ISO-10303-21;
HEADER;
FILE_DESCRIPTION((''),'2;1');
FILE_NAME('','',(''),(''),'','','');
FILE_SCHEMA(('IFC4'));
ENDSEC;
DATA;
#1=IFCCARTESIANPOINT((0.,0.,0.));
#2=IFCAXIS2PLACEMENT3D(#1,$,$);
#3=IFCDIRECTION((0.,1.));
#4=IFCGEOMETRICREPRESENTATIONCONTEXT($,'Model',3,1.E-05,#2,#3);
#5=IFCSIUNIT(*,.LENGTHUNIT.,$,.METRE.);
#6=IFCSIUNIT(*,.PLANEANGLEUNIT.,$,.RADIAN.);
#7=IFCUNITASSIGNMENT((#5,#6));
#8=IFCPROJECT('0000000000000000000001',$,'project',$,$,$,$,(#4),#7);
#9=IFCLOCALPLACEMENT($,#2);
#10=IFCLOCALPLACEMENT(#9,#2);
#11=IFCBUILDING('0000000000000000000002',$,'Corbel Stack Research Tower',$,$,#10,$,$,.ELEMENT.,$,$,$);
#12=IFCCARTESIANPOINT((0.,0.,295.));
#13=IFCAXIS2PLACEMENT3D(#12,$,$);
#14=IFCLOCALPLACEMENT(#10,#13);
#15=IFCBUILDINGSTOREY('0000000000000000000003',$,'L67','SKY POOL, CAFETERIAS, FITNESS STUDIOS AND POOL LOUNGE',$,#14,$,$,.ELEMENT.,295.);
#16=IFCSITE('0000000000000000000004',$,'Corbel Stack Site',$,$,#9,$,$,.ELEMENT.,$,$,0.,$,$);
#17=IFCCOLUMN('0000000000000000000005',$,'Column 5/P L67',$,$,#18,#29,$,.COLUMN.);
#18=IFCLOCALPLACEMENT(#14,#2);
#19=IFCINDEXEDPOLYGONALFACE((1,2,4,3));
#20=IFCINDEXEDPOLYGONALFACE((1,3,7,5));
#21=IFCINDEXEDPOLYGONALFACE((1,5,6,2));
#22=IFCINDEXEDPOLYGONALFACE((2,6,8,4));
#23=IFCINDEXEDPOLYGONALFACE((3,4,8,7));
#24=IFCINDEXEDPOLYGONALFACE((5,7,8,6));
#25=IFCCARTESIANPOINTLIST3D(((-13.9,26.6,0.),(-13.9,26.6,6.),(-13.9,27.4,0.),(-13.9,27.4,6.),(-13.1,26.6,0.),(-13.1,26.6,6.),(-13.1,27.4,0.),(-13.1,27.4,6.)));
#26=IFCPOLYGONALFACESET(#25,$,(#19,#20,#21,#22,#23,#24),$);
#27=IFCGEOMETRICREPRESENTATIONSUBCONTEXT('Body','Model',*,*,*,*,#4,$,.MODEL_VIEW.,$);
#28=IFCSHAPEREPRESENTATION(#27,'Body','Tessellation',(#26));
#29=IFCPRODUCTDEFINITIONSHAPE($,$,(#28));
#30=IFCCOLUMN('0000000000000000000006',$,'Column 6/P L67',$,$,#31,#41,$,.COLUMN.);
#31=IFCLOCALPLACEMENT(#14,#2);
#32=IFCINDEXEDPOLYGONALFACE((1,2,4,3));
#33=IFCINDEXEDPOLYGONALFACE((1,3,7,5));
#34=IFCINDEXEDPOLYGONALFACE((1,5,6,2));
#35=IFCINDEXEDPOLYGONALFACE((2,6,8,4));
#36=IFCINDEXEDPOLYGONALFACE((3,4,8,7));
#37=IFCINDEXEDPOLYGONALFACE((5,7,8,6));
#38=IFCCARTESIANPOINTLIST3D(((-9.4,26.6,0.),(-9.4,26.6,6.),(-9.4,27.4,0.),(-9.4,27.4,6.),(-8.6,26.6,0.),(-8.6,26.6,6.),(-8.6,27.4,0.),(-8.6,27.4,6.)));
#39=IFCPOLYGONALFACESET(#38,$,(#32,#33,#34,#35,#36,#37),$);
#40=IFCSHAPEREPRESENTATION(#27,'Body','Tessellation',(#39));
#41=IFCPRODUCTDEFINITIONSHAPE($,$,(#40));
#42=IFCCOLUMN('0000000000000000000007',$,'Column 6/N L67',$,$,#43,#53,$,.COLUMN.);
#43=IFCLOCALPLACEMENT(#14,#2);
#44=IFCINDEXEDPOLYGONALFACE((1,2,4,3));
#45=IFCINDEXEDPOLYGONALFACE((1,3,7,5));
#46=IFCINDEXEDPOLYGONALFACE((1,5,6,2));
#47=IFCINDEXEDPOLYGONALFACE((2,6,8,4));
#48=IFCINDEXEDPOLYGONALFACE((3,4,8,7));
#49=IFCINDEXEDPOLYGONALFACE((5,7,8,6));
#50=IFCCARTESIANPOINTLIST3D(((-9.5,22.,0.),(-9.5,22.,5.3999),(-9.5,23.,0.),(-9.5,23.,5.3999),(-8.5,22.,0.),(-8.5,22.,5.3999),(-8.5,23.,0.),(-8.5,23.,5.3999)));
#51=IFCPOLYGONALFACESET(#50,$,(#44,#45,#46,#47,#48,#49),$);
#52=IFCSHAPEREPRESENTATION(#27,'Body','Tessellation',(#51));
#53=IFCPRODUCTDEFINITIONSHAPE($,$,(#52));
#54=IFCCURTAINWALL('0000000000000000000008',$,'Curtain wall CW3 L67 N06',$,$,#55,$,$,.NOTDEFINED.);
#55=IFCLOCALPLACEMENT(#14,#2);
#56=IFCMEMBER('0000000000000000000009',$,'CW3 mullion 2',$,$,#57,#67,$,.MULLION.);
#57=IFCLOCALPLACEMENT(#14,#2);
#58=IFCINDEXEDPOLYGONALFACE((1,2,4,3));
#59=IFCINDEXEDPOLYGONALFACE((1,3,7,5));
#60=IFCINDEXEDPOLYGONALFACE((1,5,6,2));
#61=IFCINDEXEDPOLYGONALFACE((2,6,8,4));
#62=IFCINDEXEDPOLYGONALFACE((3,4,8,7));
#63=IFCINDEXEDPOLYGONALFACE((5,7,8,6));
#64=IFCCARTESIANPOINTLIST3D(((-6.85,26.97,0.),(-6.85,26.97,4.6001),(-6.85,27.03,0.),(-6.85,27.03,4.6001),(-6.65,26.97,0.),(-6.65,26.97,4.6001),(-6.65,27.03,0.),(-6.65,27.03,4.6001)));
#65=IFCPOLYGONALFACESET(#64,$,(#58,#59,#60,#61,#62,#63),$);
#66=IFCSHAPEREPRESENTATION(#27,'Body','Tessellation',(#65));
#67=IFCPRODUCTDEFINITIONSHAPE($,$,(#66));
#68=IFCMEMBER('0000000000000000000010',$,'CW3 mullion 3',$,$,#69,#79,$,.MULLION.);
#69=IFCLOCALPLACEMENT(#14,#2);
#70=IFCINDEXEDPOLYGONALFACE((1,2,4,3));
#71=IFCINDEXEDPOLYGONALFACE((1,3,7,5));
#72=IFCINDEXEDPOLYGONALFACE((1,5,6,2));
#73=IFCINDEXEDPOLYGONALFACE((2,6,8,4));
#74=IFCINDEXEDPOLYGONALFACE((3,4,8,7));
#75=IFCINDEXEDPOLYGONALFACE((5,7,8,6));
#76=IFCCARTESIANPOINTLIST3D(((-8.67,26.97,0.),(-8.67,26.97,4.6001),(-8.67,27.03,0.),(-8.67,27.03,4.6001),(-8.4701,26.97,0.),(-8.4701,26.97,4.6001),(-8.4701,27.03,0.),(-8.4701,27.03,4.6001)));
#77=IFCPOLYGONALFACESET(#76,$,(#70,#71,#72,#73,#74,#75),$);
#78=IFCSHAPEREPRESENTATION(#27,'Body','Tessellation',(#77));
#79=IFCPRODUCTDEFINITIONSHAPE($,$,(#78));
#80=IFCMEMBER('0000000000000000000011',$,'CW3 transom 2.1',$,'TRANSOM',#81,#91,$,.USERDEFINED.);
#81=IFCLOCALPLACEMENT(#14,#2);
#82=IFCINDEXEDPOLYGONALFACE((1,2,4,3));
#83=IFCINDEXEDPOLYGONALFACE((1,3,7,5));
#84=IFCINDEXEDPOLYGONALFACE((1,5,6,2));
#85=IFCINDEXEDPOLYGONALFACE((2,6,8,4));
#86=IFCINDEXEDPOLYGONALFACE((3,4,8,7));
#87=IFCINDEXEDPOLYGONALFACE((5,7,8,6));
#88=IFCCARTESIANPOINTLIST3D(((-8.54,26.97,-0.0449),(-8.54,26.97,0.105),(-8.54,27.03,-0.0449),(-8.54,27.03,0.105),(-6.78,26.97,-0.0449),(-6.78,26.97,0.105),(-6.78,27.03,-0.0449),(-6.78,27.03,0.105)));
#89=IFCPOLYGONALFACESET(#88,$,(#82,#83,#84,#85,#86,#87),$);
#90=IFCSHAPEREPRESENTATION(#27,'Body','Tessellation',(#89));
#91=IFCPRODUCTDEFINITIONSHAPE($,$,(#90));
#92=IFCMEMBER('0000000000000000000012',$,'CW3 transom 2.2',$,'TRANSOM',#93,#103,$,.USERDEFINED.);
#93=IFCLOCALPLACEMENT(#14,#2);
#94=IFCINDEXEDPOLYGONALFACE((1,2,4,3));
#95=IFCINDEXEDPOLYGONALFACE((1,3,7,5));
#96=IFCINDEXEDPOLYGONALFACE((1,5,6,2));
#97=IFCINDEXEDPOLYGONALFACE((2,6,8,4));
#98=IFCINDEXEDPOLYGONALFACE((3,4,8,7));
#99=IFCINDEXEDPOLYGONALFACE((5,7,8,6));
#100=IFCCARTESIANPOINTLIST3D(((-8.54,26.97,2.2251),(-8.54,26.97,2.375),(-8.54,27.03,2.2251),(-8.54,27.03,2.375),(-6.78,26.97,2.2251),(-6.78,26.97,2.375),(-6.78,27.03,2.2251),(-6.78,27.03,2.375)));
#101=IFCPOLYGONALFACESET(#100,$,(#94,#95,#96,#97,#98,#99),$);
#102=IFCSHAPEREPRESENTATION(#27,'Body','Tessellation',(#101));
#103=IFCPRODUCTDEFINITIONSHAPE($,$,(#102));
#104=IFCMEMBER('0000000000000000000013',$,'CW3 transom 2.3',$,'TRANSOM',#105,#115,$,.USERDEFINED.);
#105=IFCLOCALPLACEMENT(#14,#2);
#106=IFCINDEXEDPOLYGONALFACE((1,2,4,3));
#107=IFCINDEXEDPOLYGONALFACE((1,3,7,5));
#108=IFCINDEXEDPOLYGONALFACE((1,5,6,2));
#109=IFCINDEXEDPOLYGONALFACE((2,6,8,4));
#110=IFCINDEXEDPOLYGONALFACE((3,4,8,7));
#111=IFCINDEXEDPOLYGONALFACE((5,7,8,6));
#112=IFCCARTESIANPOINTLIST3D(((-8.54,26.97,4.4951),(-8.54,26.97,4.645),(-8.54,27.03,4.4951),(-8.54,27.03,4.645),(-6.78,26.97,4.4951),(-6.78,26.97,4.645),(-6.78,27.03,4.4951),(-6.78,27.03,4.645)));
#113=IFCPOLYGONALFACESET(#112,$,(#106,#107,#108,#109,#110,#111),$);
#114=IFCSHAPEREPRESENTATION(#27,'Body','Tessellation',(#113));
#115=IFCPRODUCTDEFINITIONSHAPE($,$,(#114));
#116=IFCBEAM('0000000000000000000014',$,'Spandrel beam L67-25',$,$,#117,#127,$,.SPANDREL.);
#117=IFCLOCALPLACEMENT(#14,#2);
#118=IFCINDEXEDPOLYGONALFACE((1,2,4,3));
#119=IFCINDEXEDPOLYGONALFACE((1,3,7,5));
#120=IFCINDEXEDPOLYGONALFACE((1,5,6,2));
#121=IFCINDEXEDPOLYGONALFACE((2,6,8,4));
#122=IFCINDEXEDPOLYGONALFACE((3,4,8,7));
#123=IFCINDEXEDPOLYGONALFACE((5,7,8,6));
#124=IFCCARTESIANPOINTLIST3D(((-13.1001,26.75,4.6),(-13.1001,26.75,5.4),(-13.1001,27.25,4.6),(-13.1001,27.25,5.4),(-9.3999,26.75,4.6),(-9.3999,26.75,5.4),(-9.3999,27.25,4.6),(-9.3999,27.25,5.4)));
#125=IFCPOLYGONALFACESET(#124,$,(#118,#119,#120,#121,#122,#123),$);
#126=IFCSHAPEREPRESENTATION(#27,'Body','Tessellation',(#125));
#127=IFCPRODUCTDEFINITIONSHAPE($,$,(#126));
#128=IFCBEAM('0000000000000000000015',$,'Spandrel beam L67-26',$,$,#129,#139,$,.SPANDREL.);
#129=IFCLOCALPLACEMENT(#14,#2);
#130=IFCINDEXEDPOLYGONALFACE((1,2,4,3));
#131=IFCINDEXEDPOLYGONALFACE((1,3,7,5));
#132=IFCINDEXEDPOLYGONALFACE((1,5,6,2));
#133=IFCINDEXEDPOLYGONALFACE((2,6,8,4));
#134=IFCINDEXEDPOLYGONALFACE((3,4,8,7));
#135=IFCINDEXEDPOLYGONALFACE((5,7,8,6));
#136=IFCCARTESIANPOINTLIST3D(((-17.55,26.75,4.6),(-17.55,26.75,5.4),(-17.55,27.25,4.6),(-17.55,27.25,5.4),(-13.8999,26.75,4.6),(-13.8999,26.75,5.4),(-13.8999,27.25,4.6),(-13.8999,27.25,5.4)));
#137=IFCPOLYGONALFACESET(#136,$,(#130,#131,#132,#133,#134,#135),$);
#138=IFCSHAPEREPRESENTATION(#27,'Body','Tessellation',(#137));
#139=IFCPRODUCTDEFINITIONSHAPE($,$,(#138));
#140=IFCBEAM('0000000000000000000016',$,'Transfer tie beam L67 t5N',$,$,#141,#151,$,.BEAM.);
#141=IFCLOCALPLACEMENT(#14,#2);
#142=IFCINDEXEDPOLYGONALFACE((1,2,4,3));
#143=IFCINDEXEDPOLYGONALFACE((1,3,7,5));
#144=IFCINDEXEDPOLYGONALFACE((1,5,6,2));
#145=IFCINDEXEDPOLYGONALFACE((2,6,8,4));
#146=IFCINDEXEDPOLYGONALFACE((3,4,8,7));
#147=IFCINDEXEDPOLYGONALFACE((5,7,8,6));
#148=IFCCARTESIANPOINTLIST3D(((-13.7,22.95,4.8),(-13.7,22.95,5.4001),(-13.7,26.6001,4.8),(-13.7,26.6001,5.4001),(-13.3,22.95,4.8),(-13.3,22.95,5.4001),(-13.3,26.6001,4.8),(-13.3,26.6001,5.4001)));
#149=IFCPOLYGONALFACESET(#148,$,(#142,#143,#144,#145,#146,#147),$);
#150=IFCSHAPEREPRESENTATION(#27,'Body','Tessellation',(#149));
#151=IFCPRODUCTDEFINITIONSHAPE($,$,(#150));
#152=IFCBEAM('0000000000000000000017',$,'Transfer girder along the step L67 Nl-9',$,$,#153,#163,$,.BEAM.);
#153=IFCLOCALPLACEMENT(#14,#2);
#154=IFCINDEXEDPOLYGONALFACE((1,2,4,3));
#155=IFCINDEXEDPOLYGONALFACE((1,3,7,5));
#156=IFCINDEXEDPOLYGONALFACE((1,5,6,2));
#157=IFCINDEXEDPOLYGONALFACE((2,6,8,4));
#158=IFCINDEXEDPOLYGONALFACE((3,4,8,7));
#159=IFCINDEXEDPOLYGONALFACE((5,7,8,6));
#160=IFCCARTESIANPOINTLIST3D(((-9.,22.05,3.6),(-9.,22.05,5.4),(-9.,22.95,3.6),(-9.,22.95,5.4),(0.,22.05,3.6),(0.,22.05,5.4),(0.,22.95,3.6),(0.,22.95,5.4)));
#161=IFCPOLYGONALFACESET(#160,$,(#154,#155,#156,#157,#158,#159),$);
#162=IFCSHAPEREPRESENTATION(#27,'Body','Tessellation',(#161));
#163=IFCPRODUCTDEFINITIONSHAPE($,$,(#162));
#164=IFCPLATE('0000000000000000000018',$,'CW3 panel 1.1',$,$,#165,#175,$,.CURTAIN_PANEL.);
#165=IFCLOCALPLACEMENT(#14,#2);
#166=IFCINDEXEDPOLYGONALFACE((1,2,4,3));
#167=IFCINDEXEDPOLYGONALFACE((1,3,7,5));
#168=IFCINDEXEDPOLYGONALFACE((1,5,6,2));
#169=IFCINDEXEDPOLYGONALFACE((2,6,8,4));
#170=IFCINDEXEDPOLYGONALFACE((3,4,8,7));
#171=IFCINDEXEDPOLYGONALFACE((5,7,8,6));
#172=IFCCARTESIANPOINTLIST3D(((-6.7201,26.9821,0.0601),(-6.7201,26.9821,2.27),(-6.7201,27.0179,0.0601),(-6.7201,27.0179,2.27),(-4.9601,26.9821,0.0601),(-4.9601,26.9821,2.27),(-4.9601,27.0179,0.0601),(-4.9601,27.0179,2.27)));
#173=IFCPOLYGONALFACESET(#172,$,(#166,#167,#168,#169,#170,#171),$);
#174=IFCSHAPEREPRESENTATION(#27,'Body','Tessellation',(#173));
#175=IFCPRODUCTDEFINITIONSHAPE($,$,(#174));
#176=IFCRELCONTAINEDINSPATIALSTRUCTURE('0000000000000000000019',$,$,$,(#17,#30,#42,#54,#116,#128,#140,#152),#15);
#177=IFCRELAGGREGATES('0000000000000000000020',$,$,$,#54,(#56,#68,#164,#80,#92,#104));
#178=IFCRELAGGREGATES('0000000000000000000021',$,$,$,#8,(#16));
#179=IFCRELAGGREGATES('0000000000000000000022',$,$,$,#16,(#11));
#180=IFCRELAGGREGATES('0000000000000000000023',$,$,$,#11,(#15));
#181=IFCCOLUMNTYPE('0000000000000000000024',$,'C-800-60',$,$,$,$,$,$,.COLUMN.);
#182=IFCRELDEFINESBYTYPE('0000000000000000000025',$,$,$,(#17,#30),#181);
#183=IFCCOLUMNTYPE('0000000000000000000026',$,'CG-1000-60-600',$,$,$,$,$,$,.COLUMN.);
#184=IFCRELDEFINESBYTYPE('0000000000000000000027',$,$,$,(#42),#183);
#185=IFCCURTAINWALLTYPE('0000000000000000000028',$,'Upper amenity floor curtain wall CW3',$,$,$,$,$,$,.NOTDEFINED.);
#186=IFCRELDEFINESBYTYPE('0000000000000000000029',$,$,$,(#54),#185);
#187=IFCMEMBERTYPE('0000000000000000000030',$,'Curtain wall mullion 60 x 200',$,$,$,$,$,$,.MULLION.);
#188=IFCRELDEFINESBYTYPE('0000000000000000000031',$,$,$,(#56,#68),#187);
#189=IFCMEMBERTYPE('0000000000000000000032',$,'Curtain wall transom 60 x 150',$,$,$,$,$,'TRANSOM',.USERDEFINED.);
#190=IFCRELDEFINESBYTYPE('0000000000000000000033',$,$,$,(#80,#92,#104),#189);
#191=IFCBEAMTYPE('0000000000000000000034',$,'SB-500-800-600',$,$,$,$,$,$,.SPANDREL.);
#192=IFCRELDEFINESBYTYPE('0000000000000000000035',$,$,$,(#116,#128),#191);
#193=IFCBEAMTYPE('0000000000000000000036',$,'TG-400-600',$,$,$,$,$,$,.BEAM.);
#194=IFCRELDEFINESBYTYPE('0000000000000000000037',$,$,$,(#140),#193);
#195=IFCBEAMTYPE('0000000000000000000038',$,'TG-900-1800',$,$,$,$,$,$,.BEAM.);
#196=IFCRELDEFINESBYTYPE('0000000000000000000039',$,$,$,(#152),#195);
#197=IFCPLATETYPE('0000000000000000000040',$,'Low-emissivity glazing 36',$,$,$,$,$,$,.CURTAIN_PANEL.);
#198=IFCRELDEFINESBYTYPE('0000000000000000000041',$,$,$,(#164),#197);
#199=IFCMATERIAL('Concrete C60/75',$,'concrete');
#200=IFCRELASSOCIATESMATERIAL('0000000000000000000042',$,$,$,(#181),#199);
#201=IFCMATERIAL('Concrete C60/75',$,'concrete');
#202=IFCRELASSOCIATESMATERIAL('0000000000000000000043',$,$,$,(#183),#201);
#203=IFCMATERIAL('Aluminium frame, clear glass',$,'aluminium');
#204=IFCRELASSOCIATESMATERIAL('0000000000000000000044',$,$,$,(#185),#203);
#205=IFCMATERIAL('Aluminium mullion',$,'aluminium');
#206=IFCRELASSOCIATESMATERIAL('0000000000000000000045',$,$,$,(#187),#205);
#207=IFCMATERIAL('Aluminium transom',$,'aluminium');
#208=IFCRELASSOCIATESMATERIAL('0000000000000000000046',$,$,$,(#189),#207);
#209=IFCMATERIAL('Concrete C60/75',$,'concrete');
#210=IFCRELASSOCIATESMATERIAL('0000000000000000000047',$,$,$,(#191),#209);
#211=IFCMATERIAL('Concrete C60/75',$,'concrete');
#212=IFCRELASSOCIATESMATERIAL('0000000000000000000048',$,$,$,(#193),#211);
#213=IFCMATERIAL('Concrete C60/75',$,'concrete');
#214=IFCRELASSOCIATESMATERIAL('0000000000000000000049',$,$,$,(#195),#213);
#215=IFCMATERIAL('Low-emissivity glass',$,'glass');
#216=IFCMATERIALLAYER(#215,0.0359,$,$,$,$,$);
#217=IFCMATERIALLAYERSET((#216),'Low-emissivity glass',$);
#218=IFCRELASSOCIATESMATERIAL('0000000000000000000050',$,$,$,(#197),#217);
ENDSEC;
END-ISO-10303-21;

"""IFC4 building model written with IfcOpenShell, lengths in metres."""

from ifc_helpers import new_model, si_unit, direction, frame, origin, origin_2d, place, context, subcontext, project, spatial, rectangle, extrude, material, layer, layer_set, material_profile, profile_set, type_object, element, aggregate, save


model = new_model("IFC4")

# Units and contexts
model_context = context("Model", 3, precision=1e-05, world=origin(), true_north=direction((0.0, 1.0)))
body_context = subcontext(model_context, "Body", "Model", "MODEL_VIEW")
ifc_project = project(units=[si_unit("LENGTHUNIT", "METRE"), si_unit("PLANEANGLEUNIT", "RADIAN")], contexts=[model_context])

# Site, building, storey
site_placement = place(None, origin())
site = spatial("IfcSite", under=ifc_project, at=site_placement, Name="Corbel Stack Site", CompositionType="ELEMENT", RefElevation=0.0)
building_placement = place(site_placement, origin())
building = spatial("IfcBuilding", under=site, at=building_placement, Name="Corbel Stack Research Tower", CompositionType="ELEMENT")
storey_placement = place(building_placement, frame((0.0, 0.0, 295.0)))
storey = spatial("IfcBuildingStorey", under=building, at=storey_placement, Name="L67", Description="SKY POOL, CAFETERIAS, FITNESS STUDIOS AND POOL LOUNGE", CompositionType="ELEMENT", Elevation=295.0)

# Columns
ifc_material_1 = material(Name="Concrete C60/75", Category="concrete")
ifc_material_profile_1 = material_profile(ifc_material_1, rectangle(XDim=0.8, YDim=0.8, at=origin_2d()), Name="RC 800 x 800")
ifc_profile_set_1 = profile_set([ifc_material_profile_1], Name="Concrete C60/75")
column_type_1 = type_object("IfcColumnType", Name="C-800-60", PredefinedType="COLUMN", material=ifc_profile_set_1)
for number, where, z_axis, x_axis, name in (
    (1, (-13.5, 27.0, 0.0), (0.0, 0.0, 1.0), (1.0, 0.0, 0.0), "Column 5/P L67"),
    (2, (-9.0, 27.0, 0.0), (0.0, 0.0, 1.0), (1.0, 0.0, 0.0), "Column 6/P L67"),
):
    element("IfcColumn", number, at=place(storey_placement, frame(where, z_axis=z_axis, x_axis=x_axis)), inside=storey, type_object=column_type_1, Name=name, PredefinedType="COLUMN", context=body_context, shape_type="SweptSolid", body=[
        extrude(rectangle(XDim=0.8, YDim=0.8, at=origin_2d()), origin(), (0.0, 0.0, 1.0), 6.0),
    ])
ifc_material_2 = material(Name="Concrete C60/75", Category="concrete")
ifc_material_profile_2 = material_profile(ifc_material_2, rectangle(XDim=1.0, YDim=1.0, at=origin_2d()), Name="RC 1000 x 1000")
ifc_profile_set_2 = profile_set([ifc_material_profile_2], Name="Concrete C60/75")
column_type_2 = type_object("IfcColumnType", Name="CG-1000-60-600", PredefinedType="COLUMN", material=ifc_profile_set_2)
column_placement = place(storey_placement, frame((-9.0, 22.5, 0.0), z_axis=(0.0, 0.0, 1.0), x_axis=(1.0, 0.0, 0.0)))
element("IfcColumn", 3, at=column_placement, inside=storey, type_object=column_type_2, Name="Column 6/N L67", PredefinedType="COLUMN", context=body_context, shape_type="SweptSolid", body=[
    extrude(rectangle(XDim=1.0, YDim=1.0, at=origin_2d()), origin(), (0.0, 0.0, 1.0), 5.3999),
])

# Curtain wall, members
ifc_material_3 = material(Name="Aluminium frame, clear glass", Category="aluminium")
curtain_wall_type = type_object("IfcCurtainWallType", Name="Upper amenity floor curtain wall CW3", PredefinedType="NOTDEFINED", material=ifc_material_3)
curtain_wall_placement = place(storey_placement, origin())
curtain_wall = element("IfcCurtainWall", 4, at=curtain_wall_placement, inside=storey, type_object=curtain_wall_type, Name="Curtain wall CW3 L67 N06", PredefinedType="NOTDEFINED")
ifc_material_4 = material(Name="Aluminium mullion", Category="aluminium")
ifc_material_profile_3 = material_profile(ifc_material_4, rectangle(XDim=0.0601, YDim=0.2, at=origin_2d()), Name="Mullion 60 x 200")
ifc_profile_set_3 = profile_set([ifc_material_profile_3], Name="Aluminium mullion")
member_type_1 = type_object("IfcMemberType", Name="Curtain wall mullion 60 x 200", PredefinedType="MULLION", material=ifc_profile_set_3)
member_1_placement = place(storey_placement, frame((-6.75, 27.0, 0.0), z_axis=(0.0, 0.0, 1.0), x_axis=(0.0, -1.0, 0.0)))
member_1 = element("IfcMember", 5, at=member_1_placement, type_object=member_type_1, Name="CW3 mullion 2", PredefinedType="MULLION", context=body_context, shape_type="SweptSolid", body=[
    extrude(rectangle(XDim=0.0601, YDim=0.2, at=origin_2d()), origin(), (0.0, 0.0, 1.0), 4.6001),
])
member_2_placement = place(storey_placement, frame((-8.5701, 27.0, 0.0), z_axis=(0.0, 0.0, 1.0), x_axis=(0.0, -1.0, 0.0)))
member_2 = element("IfcMember", 6, at=member_2_placement, type_object=member_type_1, Name="CW3 mullion 3", PredefinedType="MULLION", context=body_context, shape_type="SweptSolid", body=[
    extrude(rectangle(XDim=0.0601, YDim=0.2, at=origin_2d()), origin(), (0.0, 0.0, 1.0), 4.6001),
])
ifc_material_5 = material(Name="Aluminium transom", Category="aluminium")
ifc_material_profile_4 = material_profile(ifc_material_5, rectangle(XDim=0.0601, YDim=0.1499, at=origin_2d()), Name="Transom 60 x 150")
ifc_profile_set_4 = profile_set([ifc_material_profile_4], Name="Aluminium transom")
member_type_2 = type_object("IfcMemberType", Name="Curtain wall transom 60 x 150", ElementType="TRANSOM", PredefinedType="USERDEFINED", material=ifc_profile_set_4)
member_3_placement = place(storey_placement, frame((-6.78, 27.0, 0.03), z_axis=(-1.0, 0.0, 0.0), x_axis=(0.0, -1.0, 0.0)))
member_3 = element("IfcMember", 7, at=member_3_placement, type_object=member_type_2, Name="CW3 transom 2.1", ObjectType="TRANSOM", PredefinedType="USERDEFINED", context=body_context, shape_type="SweptSolid", body=[
    extrude(rectangle(XDim=0.0601, YDim=0.1499, at=origin_2d()), origin(), (0.0, 0.0, 1.0), 1.76),
])
member_4_placement = place(storey_placement, frame((-6.78, 27.0, 2.3), z_axis=(-1.0, 0.0, 0.0), x_axis=(0.0, -1.0, 0.0)))
member_4 = element("IfcMember", 8, at=member_4_placement, type_object=member_type_2, Name="CW3 transom 2.2", ObjectType="TRANSOM", PredefinedType="USERDEFINED", context=body_context, shape_type="SweptSolid", body=[
    extrude(rectangle(XDim=0.0601, YDim=0.1499, at=origin_2d()), origin(), (0.0, 0.0, 1.0), 1.76),
])
member_5_placement = place(storey_placement, frame((-6.78, 27.0, 4.5701), z_axis=(-1.0, 0.0, 0.0), x_axis=(0.0, -1.0, 0.0)))
member_5 = element("IfcMember", 9, at=member_5_placement, type_object=member_type_2, Name="CW3 transom 2.3", ObjectType="TRANSOM", PredefinedType="USERDEFINED", context=body_context, shape_type="SweptSolid", body=[
    extrude(rectangle(XDim=0.0601, YDim=0.1499, at=origin_2d()), origin(), (0.0, 0.0, 1.0), 1.76),
])

# Beams
ifc_material_6 = material(Name="Concrete C60/75", Category="concrete")
ifc_material_profile_5 = material_profile(ifc_material_6, rectangle(XDim=0.5, YDim=0.8, at=origin_2d()), Name="RC 500 x 800")
ifc_profile_set_5 = profile_set([ifc_material_profile_5], Name="Concrete C60/75")
beam_type_1 = type_object("IfcBeamType", Name="SB-500-800-600", PredefinedType="SPANDREL", material=ifc_profile_set_5)
beam_1_placement = place(storey_placement, frame((-9.3999, 27.0, 5.0), z_axis=(-1.0, 0.0, 0.0), x_axis=(0.0, -1.0, 0.0)))
element("IfcBeam", 10, at=beam_1_placement, inside=storey, type_object=beam_type_1, Name="Spandrel beam L67-25", PredefinedType="SPANDREL", context=body_context, shape_type="SweptSolid", body=[
    extrude(rectangle(XDim=0.5, YDim=0.8, at=origin_2d()), origin(), (0.0, 0.0, 1.0), 3.7002),
])
beam_2_placement = place(storey_placement, frame((-13.8999, 27.0, 5.0), z_axis=(-1.0, 0.0, 0.0), x_axis=(0.0, -1.0, 0.0)))
element("IfcBeam", 11, at=beam_2_placement, inside=storey, type_object=beam_type_1, Name="Spandrel beam L67-26", PredefinedType="SPANDREL", context=body_context, shape_type="SweptSolid", body=[
    extrude(rectangle(XDim=0.5, YDim=0.8, at=origin_2d()), origin(), (0.0, 0.0, 1.0), 3.6501),
])
ifc_material_7 = material(Name="Concrete C60/75", Category="concrete")
ifc_material_profile_6 = material_profile(ifc_material_7, rectangle(XDim=0.3999, YDim=0.6001, at=origin_2d()), Name="RC 400 x 600")
ifc_profile_set_6 = profile_set([ifc_material_profile_6], Name="Concrete C60/75")
beam_type_2 = type_object("IfcBeamType", Name="TG-400-600", PredefinedType="BEAM", material=ifc_profile_set_6)
beam_3_placement = place(storey_placement, frame((-13.5, 22.95, 5.1001), z_axis=(0.0, 1.0, 0.0), x_axis=(-1.0, 0.0, 0.0)))
element("IfcBeam", 12, at=beam_3_placement, inside=storey, type_object=beam_type_2, Name="Transfer tie beam L67 t5N", PredefinedType="BEAM", context=body_context, shape_type="SweptSolid", body=[
    extrude(rectangle(XDim=0.3999, YDim=0.6001, at=origin_2d()), origin(), (0.0, 0.0, 1.0), 3.6501),
])
ifc_material_8 = material(Name="Concrete C60/75", Category="concrete")
ifc_material_profile_7 = material_profile(ifc_material_8, rectangle(XDim=0.8999, YDim=1.8, at=origin_2d()), Name="RC 900 x 1800")
ifc_profile_set_7 = profile_set([ifc_material_profile_7], Name="Concrete C60/75")
beam_type_3 = type_object("IfcBeamType", Name="TG-900-1800", PredefinedType="BEAM", material=ifc_profile_set_7)
beam_4_placement = place(storey_placement, frame((-9.0, 22.5, 4.5), z_axis=(1.0, 0.0, 0.0), x_axis=(0.0, 1.0, 0.0)))
element("IfcBeam", 13, at=beam_4_placement, inside=storey, type_object=beam_type_3, Name="Transfer girder along the step L67 Nl-9", PredefinedType="BEAM", context=body_context, shape_type="SweptSolid", body=[
    extrude(rectangle(XDim=0.8999, YDim=1.8, at=origin_2d()), origin(), (0.0, 0.0, 1.0), 9.0),
])

# Plate
ifc_material_9 = material(Name="Low-emissivity glass", Category="glass")
ifc_layer_1 = layer(ifc_material_9, 0.0359)
ifc_layer_set_1 = layer_set([ifc_layer_1], Name="Low-emissivity glass")
plate_type = type_object("IfcPlateType", Name="Low-emissivity glazing 36", PredefinedType="CURTAIN_PANEL", material=ifc_layer_set_1)
plate_1_placement = place(storey_placement, frame((-5.8401, 27.0, 0.0601), z_axis=(0.0, 0.0, 1.0), x_axis=(-1.0, 0.0, 0.0)))
plate_1 = element("IfcPlate", 14, at=plate_1_placement, type_object=plate_type, Name="CW3 panel 1.1", PredefinedType="CURTAIN_PANEL", context=body_context, shape_type="SweptSolid", body=[
    extrude(rectangle(XDim=1.76, YDim=0.0359, at=origin_2d()), origin(), (0.0, 0.0, 1.0), 2.21),
])
aggregate(curtain_wall, [member_1, member_2, plate_1, member_3, member_4, member_5])

save(model, "model.ifc")
